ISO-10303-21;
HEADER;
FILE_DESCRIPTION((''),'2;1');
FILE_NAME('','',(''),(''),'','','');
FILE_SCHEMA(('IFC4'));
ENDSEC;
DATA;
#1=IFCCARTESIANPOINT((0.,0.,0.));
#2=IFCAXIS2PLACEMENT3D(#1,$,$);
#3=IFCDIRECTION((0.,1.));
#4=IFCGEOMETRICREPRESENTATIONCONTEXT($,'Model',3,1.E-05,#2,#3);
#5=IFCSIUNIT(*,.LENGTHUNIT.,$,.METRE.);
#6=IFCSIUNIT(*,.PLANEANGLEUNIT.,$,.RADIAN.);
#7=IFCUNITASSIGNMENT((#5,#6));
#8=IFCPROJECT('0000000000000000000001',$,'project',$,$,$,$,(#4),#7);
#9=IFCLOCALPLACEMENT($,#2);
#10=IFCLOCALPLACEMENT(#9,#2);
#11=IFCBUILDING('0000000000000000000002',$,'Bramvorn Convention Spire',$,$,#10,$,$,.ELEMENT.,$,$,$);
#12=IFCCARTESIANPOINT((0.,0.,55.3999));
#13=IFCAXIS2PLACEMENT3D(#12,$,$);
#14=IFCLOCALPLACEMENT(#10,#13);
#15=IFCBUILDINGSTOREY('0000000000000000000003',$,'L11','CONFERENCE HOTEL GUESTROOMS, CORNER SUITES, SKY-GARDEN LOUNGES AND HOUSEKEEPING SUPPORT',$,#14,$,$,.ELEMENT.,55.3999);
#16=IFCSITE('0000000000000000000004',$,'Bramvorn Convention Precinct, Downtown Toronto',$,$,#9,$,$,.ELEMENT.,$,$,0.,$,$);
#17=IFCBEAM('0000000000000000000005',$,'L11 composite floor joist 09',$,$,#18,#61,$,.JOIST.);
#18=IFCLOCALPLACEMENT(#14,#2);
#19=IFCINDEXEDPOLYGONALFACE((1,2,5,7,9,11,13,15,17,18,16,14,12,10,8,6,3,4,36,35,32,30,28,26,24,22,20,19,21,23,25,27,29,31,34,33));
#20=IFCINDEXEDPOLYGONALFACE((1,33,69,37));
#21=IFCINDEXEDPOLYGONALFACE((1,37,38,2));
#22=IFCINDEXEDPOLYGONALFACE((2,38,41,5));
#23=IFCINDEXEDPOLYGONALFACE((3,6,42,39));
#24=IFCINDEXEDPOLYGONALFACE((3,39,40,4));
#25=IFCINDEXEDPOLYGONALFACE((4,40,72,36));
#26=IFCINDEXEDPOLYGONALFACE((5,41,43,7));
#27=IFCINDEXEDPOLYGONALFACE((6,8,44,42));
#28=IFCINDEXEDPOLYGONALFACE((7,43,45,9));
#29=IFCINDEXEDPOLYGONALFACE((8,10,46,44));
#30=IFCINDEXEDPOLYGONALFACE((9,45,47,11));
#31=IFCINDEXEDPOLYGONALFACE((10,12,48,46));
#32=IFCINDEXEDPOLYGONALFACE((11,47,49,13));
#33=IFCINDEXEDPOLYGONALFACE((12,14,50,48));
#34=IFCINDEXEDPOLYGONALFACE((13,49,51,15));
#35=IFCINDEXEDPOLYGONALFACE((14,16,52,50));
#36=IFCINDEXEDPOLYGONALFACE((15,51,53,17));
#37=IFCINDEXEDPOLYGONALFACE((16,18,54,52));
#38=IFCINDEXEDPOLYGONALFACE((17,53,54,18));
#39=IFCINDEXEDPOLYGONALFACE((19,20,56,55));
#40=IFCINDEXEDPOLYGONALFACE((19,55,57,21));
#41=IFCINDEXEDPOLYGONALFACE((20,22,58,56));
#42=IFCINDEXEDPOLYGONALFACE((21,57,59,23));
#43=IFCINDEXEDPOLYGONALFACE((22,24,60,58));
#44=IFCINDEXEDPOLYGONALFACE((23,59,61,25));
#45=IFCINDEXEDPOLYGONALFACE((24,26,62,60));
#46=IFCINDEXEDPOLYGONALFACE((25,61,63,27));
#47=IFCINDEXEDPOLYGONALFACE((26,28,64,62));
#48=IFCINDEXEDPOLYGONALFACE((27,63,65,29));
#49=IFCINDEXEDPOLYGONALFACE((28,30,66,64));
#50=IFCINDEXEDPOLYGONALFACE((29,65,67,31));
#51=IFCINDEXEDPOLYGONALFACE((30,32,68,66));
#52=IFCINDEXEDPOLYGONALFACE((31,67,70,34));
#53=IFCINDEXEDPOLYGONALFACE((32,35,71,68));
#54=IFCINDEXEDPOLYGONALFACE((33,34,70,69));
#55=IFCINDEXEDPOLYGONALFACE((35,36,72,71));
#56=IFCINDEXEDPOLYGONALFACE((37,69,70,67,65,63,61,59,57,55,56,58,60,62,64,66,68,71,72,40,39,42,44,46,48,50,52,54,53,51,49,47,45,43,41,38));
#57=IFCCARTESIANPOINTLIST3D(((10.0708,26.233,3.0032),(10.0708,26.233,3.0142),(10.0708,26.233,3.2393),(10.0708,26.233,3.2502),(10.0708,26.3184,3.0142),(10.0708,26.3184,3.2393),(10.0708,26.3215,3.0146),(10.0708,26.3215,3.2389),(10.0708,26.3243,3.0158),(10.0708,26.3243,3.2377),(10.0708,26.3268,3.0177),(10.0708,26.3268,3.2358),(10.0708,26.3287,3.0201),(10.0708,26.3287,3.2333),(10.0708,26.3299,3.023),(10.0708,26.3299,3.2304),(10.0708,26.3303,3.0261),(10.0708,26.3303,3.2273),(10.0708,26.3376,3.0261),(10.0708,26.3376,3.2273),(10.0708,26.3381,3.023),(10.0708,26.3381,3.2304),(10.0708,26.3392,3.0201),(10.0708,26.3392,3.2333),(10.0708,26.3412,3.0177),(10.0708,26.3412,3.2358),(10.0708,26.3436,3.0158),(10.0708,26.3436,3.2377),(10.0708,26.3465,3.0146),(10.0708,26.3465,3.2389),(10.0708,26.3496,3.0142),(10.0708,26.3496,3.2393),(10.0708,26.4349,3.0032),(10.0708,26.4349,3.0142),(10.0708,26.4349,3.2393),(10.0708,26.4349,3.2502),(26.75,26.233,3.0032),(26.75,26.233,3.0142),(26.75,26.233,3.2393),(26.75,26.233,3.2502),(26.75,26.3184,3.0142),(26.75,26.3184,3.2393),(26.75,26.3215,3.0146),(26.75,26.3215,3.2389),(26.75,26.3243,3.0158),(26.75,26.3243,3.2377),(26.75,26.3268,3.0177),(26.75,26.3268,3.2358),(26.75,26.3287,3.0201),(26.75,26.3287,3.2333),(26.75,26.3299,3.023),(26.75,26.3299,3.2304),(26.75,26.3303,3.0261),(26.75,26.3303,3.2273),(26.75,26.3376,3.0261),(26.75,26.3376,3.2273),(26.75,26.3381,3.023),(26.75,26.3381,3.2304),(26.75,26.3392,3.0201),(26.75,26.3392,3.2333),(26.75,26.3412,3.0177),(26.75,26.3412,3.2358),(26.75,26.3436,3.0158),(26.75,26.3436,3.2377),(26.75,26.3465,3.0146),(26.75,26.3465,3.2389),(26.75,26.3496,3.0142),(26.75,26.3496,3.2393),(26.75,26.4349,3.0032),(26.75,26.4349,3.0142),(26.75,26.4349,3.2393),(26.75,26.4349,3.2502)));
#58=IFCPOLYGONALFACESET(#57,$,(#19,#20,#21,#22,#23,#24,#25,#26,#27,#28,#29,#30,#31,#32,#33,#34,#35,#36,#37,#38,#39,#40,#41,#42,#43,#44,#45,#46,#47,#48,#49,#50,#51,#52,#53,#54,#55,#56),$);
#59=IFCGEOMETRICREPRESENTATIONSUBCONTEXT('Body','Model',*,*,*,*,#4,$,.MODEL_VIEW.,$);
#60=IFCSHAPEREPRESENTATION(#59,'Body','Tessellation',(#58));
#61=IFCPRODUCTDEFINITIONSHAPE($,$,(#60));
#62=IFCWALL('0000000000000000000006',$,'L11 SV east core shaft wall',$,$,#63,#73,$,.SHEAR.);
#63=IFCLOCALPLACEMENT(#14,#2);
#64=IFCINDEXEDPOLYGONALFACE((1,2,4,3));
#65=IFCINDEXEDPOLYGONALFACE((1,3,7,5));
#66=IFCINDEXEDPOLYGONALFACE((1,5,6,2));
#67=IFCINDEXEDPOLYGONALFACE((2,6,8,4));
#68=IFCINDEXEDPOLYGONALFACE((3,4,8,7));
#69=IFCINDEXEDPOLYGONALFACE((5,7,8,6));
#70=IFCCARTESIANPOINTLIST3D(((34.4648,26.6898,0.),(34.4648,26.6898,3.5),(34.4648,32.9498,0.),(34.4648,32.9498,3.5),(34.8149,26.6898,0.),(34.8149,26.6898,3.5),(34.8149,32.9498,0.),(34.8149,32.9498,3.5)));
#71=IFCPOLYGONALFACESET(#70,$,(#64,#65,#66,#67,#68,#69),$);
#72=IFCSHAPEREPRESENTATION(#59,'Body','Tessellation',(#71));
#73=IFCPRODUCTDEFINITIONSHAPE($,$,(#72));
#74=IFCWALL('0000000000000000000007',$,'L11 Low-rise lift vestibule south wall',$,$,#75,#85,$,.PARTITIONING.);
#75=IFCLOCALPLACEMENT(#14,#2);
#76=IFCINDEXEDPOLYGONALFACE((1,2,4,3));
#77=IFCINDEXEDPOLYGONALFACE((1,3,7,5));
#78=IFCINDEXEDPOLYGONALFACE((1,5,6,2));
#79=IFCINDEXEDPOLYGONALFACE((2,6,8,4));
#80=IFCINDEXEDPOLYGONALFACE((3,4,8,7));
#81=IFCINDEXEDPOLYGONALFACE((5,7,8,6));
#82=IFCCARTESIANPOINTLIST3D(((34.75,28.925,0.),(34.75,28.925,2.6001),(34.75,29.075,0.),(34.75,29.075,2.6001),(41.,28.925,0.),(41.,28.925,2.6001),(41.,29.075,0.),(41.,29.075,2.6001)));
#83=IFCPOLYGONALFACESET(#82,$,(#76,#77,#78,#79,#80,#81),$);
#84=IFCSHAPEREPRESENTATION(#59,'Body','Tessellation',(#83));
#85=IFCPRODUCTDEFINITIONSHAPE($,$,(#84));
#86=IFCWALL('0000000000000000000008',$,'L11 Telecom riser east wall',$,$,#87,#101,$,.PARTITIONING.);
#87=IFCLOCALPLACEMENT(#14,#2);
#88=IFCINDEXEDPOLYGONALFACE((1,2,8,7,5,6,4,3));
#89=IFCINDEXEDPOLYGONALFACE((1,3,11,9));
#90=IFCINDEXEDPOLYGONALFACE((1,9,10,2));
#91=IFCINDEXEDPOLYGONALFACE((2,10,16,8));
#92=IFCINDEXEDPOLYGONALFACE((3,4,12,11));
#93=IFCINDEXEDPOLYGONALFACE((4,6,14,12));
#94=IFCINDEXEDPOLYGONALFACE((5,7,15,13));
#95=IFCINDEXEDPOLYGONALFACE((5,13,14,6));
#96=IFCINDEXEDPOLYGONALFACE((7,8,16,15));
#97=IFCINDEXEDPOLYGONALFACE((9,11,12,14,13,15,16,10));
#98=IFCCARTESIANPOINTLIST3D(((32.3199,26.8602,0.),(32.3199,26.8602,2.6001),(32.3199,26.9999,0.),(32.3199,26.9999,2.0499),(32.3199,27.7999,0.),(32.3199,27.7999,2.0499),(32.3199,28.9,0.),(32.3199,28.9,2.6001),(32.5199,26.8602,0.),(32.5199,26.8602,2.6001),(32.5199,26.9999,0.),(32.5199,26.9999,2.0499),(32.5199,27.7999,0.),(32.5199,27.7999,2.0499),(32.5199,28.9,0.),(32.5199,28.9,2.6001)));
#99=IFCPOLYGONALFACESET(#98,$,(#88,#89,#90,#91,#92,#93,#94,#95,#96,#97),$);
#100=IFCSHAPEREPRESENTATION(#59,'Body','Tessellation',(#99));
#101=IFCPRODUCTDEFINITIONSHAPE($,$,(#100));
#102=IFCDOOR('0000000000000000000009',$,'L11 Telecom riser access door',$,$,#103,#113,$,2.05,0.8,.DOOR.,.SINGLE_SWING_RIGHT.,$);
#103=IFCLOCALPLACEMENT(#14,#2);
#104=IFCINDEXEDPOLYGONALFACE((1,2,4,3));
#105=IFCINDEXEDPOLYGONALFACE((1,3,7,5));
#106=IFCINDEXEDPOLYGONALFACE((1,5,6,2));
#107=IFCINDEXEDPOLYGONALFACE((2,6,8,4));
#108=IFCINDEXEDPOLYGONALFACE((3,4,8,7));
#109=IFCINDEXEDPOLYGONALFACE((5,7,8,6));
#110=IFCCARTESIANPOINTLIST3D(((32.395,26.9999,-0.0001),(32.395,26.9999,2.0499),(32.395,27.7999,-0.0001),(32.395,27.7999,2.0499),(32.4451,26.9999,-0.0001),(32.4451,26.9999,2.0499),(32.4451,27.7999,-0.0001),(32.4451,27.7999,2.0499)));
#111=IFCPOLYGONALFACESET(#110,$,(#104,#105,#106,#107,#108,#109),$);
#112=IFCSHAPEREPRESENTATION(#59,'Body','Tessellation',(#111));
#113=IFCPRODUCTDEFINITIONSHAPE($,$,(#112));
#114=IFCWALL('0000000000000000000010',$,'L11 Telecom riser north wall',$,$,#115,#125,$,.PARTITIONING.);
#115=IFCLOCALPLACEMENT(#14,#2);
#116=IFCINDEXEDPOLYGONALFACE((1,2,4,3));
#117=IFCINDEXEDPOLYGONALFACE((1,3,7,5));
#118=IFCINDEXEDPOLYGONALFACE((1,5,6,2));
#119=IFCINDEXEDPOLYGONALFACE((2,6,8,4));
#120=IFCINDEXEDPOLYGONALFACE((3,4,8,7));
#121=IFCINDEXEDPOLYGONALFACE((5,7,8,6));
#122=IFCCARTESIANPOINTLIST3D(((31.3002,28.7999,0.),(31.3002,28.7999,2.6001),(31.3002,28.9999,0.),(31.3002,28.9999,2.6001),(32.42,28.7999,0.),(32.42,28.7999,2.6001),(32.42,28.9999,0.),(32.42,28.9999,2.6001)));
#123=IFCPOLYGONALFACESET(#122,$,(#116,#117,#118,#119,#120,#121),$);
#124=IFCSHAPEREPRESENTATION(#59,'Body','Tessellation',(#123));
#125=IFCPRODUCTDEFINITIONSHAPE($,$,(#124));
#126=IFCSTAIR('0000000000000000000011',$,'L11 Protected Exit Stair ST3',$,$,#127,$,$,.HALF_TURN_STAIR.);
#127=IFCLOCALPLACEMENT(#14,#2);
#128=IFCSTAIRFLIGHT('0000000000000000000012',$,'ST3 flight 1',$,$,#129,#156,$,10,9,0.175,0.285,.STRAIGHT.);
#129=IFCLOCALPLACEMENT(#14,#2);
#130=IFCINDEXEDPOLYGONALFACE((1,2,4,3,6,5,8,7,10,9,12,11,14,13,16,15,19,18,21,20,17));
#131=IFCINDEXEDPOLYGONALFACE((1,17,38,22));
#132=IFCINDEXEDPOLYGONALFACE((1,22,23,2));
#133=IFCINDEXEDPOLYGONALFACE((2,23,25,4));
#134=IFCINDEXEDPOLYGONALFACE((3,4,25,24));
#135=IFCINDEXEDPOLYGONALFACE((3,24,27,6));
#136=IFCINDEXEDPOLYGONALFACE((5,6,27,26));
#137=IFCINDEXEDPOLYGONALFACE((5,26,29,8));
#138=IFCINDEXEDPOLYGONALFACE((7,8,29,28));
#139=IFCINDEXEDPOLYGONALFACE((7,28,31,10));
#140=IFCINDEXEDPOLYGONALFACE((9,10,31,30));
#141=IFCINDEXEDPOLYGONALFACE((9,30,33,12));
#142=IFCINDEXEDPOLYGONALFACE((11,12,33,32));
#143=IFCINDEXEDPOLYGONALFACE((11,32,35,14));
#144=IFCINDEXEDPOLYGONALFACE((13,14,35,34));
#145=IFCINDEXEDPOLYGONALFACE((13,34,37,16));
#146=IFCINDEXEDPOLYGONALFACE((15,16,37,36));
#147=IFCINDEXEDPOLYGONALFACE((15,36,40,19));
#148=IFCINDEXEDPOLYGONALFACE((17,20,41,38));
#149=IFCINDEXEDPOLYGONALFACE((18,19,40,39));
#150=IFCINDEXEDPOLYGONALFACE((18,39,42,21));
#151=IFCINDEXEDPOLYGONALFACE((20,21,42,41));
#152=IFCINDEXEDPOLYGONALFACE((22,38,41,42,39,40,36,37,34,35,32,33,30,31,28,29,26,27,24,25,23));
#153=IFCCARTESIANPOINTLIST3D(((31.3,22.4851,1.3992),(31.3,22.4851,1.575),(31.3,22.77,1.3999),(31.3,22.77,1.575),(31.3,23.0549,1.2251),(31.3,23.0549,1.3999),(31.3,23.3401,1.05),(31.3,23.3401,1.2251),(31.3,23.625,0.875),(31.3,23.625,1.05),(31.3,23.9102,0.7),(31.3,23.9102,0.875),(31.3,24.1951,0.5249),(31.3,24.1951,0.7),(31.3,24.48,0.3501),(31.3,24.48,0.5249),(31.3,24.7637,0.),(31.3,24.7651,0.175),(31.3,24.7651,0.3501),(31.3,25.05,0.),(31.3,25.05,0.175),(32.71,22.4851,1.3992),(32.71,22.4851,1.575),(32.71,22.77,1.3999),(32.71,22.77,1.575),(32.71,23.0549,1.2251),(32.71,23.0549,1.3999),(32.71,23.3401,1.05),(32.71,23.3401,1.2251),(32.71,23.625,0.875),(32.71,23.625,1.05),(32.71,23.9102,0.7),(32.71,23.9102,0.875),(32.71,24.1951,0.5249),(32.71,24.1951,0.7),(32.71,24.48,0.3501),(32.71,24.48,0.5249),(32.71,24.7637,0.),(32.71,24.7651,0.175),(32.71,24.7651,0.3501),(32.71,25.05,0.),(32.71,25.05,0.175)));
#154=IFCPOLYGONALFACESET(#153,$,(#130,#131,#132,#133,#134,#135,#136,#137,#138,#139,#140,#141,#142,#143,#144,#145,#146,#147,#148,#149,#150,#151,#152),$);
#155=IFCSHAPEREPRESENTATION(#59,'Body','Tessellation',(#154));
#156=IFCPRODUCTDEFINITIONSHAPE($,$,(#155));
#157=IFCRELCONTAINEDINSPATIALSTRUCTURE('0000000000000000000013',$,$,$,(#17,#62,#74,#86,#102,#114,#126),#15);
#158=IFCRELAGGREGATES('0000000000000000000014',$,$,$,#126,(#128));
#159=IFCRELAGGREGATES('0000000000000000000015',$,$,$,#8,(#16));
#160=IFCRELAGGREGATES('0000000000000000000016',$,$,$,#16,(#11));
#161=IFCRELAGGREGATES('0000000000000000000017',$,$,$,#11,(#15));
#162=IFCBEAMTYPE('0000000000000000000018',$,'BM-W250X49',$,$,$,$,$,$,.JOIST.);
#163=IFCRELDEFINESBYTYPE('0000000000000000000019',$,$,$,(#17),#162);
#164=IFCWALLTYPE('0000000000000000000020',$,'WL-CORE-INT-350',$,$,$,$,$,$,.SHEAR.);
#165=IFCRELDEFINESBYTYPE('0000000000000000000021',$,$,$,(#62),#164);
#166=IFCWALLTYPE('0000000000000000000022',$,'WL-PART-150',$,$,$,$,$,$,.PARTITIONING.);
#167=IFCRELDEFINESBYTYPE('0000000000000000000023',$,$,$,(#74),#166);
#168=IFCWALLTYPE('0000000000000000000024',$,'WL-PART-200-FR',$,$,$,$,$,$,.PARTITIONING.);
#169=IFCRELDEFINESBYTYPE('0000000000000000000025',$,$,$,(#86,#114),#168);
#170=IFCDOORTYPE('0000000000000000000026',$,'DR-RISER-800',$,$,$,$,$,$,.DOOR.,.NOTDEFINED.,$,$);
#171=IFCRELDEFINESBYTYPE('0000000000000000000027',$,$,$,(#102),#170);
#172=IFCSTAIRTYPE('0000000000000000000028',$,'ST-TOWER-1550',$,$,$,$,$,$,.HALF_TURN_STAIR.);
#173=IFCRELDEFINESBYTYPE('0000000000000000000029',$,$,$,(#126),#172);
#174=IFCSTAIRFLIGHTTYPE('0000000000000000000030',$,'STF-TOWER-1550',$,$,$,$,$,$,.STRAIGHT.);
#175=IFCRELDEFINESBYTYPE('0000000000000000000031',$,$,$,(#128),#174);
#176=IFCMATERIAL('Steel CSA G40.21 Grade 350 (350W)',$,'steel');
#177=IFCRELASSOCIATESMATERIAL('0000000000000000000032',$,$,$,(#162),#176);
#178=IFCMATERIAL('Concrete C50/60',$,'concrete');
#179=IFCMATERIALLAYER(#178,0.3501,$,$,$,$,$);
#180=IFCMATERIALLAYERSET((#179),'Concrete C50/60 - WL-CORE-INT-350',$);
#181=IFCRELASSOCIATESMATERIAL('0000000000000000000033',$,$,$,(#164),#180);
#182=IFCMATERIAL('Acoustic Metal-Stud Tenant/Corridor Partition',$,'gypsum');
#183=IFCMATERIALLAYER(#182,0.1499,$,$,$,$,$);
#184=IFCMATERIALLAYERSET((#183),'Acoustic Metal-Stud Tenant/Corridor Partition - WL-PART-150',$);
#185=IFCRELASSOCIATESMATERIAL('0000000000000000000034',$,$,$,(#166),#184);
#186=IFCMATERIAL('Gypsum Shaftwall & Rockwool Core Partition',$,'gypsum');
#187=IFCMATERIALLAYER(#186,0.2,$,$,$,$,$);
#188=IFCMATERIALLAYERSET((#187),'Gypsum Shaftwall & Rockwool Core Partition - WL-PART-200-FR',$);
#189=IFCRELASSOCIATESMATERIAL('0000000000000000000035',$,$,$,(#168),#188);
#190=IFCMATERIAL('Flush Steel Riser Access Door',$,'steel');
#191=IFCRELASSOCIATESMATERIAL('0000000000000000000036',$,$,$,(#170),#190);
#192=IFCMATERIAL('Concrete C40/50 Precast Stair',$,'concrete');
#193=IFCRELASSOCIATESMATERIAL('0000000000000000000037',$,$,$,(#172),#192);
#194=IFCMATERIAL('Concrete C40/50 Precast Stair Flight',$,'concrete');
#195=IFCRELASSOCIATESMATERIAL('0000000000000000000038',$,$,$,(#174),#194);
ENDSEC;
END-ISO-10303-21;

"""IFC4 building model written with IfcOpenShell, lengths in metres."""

from ifc_helpers import new_model, si_unit, direction, frame, frame_2d, origin, origin_2d, place, context, subcontext, project, spatial, polyline, rectangle, i_section, outline, extrude, material, layer, layer_set, material_profile, profile_set, type_object, element, fill, aggregate, save


model = new_model("IFC4")

# Units and contexts
model_context = context("Model", 3, precision=1e-05, world=origin(), true_north=direction((0.0, 1.0)))
body_context = subcontext(model_context, "Body", "Model", "MODEL_VIEW")
ifc_project = project(units=[si_unit("LENGTHUNIT", "METRE"), si_unit("PLANEANGLEUNIT", "RADIAN")], contexts=[model_context])

# Site, building, storey
site_placement = place(None, origin())
site = spatial("IfcSite", under=ifc_project, at=site_placement, Name="Bramvorn Convention Precinct, Downtown Toronto", CompositionType="ELEMENT", RefElevation=0.0)
building_placement = place(site_placement, origin())
building = spatial("IfcBuilding", under=site, at=building_placement, Name="Bramvorn Convention Spire", CompositionType="ELEMENT")
storey_placement = place(building_placement, frame((0.0, 0.0, 55.3999)))
storey = spatial("IfcBuildingStorey", under=building, at=storey_placement, Name="L11", Description="CONFERENCE HOTEL GUESTROOMS, CORNER SUITES, SKY-GARDEN LOUNGES AND HOUSEKEEPING SUPPORT", CompositionType="ELEMENT", Elevation=55.3999)

# Beam
ifc_material_1 = material(Name="Steel CSA G40.21 Grade 350 (350W)", Category="steel")
ifc_material_profile = material_profile(ifc_material_1, i_section(OverallWidth=0.2019, OverallDepth=0.2471, WebThickness=0.0073, FlangeThickness=0.011, FilletRadius=0.012, at=origin_2d()))
ifc_profile_set = profile_set([ifc_material_profile], Name="Steel CSA G40.21 Grade 350 (350W) - W250X49")
beam_type = type_object("IfcBeamType", Name="BM-W250X49", PredefinedType="JOIST", material=ifc_profile_set)
beam_placement = place(storey_placement, frame((26.75, 26.334, 3.1267), z_axis=(-1.0, 0.0, 0.0), x_axis=(0.0, -1.0, 0.0)))
element("IfcBeam", 1, at=beam_placement, inside=storey, type_object=beam_type, Name="L11 composite floor joist 09", PredefinedType="JOIST", context=body_context, shape_type="SweptSolid", body=[
    extrude(i_section(OverallWidth=0.2019, OverallDepth=0.2471, WebThickness=0.0073, FlangeThickness=0.011, FilletRadius=0.012, at=origin_2d()), origin(), (0.0, 0.0, 1.0), 16.6792),
])

# Walls
ifc_material_2 = material(Name="Concrete C50/60", Category="concrete")
ifc_layer_1 = layer(ifc_material_2, 0.3501)
ifc_layer_set_1 = layer_set([ifc_layer_1], Name="Concrete C50/60 - WL-CORE-INT-350")
wall_type_1 = type_object("IfcWallType", Name="WL-CORE-INT-350", PredefinedType="SHEAR", material=ifc_layer_set_1)
wall_1_placement = place(storey_placement, frame((34.6399, 26.6899, 0.0), z_axis=(0.0, 0.0, 1.0), x_axis=(0.0, 1.0, 0.0)))
element("IfcWall", 2, at=wall_1_placement, inside=storey, type_object=wall_type_1, Name="L11 SV east core shaft wall", PredefinedType="SHEAR", context=body_context, shape_type="SweptSolid", body=[
    extrude(rectangle(XDim=6.26, YDim=0.3501, at=frame_2d((3.1299, 0.0))), origin(), (0.0, 0.0, 1.0), 3.5),
])
ifc_material_3 = material(Name="Acoustic Metal-Stud Tenant/Corridor Partition", Category="gypsum")
ifc_layer_2 = layer(ifc_material_3, 0.1499)
ifc_layer_set_2 = layer_set([ifc_layer_2], Name="Acoustic Metal-Stud Tenant/Corridor Partition - WL-PART-150")
wall_type_2 = type_object("IfcWallType", Name="WL-PART-150", PredefinedType="PARTITIONING", material=ifc_layer_set_2)
wall_2_placement = place(storey_placement, frame((34.75, 29.0, 0.0), z_axis=(0.0, 0.0, 1.0), x_axis=(1.0, 0.0, 0.0)))
element("IfcWall", 3, at=wall_2_placement, inside=storey, type_object=wall_type_2, Name="L11 Low-rise lift vestibule south wall", PredefinedType="PARTITIONING", context=body_context, shape_type="SweptSolid", body=[
    extrude(rectangle(XDim=6.25, YDim=0.1499, at=frame_2d((3.125, 0.0))), origin(), (0.0, 0.0, 1.0), 2.6001),
])

# Wall, opening, door
ifc_material_4 = material(Name="Gypsum Shaftwall & Rockwool Core Partition", Category="gypsum")
ifc_layer_3 = layer(ifc_material_4, 0.2)
ifc_layer_set_3 = layer_set([ifc_layer_3], Name="Gypsum Shaftwall & Rockwool Core Partition - WL-PART-200-FR")
wall_type_3 = type_object("IfcWallType", Name="WL-PART-200-FR", PredefinedType="PARTITIONING", material=ifc_layer_set_3)
wall_3_placement = place(storey_placement, frame((32.4199, 26.8601, 0.0), z_axis=(0.0, 0.0, 1.0), x_axis=(0.0, 1.0, 0.0)))
wall_3 = element("IfcWall", 4, at=wall_3_placement, inside=storey, type_object=wall_type_3, Name="L11 Telecom riser east wall", PredefinedType="PARTITIONING", context=body_context, shape_type="SweptSolid", body=[
    extrude(rectangle(XDim=2.0398, YDim=0.2, at=frame_2d((1.02, 0.0))), origin(), (0.0, 0.0, 1.0), 2.6001),
])
opening_1_placement = place(wall_3_placement, frame((0.1399, 0.0, 0.0)))
opening_1 = element("IfcOpeningElement", 5, at=opening_1_placement, cuts=wall_3, PredefinedType="OPENING", context=body_context, shape_type="SweptSolid", body=[
    extrude(rectangle(XDim=0.8, YDim=2.05, at=frame_2d((0.3999, 1.0249))), frame((0.0, 0.1099, 0.0), z_axis=(0.0, -1.0, 0.0), x_axis=(1.0, 0.0, 0.0)), (0.0, 0.0, 1.0), 0.22),
])
ifc_material_5 = material(Name="Flush Steel Riser Access Door", Category="steel")
door_type_1 = type_object("IfcDoorType", Name="DR-RISER-800", OperationType="NOTDEFINED", PredefinedType="DOOR", material=ifc_material_5)
door_1_placement = place(opening_1_placement, origin())
door_1 = element("IfcDoor", 6, at=door_1_placement, inside=storey, type_object=door_type_1, Name="L11 Telecom riser access door", OperationType="SINGLE_SWING_RIGHT", OverallHeight=2.05, OverallWidth=0.8, PredefinedType="DOOR", context=body_context, shape_type="SweptSolid", body=[
    extrude(rectangle(XDim=0.8, YDim=2.05, at=frame_2d((0.3999, 1.0249))), frame((0.0, 0.0249, 0.0), z_axis=(0.0, -1.0, 0.0), x_axis=(1.0, 0.0, 0.0)), (0.0, 0.0, 1.0), 0.05),
])
fill(opening_1, door_1)

# Wall
wall_4_placement = place(storey_placement, frame((31.3, 28.8999, 0.0), z_axis=(0.0, 0.0, 1.0), x_axis=(1.0, 0.0, 0.0)))
element("IfcWall", 7, at=wall_4_placement, inside=storey, type_object=wall_type_3, Name="L11 Telecom riser north wall", PredefinedType="PARTITIONING", context=body_context, shape_type="SweptSolid", body=[
    extrude(rectangle(XDim=1.1199, YDim=0.2, at=frame_2d((0.5601, 0.0))), origin(), (0.0, 0.0, 1.0), 2.6001),
])

# Stair, stair flight
ifc_material_6 = material(Name="Concrete C40/50 Precast Stair", Category="concrete")
stair_type = type_object("IfcStairType", Name="ST-TOWER-1550", PredefinedType="HALF_TURN_STAIR", material=ifc_material_6)
stair_placement = place(storey_placement, origin())
stair = element("IfcStair", 8, at=stair_placement, inside=storey, type_object=stair_type, Name="L11 Protected Exit Stair ST3", PredefinedType="HALF_TURN_STAIR")
ifc_material_7 = material(Name="Concrete C40/50 Precast Stair Flight", Category="concrete")
stair_flight_type = type_object("IfcStairFlightType", Name="STF-TOWER-1550", PredefinedType="STRAIGHT", material=ifc_material_7)
stair_flight_placement = place(storey_placement, frame((32.0049, 25.05, 0.0), z_axis=(0.0, 0.0, 1.0), x_axis=(0.0, -1.0, 0.0)))
stair_flight = element("IfcStairFlight", 9, at=stair_flight_placement, type_object=stair_flight_type, Name="ST3 flight 1", NumberOfRisers=10, NumberOfTreads=9, PredefinedType="STRAIGHT", RiserHeight=0.175, TreadLength=0.285, context=body_context, shape_type="SweptSolid", body=[
    extrude(outline(polyline([(0.0, 0.0), (0.0, 0.175), (0.2849, 0.175), (0.2849, 0.3501), (0.5701, 0.3501), (0.5701, 0.5249), (0.855, 0.5249), (0.855, 0.7), (1.1399, 0.7), (1.1399, 0.875), (1.425, 0.875), (1.425, 1.05), (1.71, 1.05), (1.71, 1.2251), (1.9951, 1.2251), (1.9951, 1.3999), (2.28, 1.3999), (2.28, 1.575), (2.5649, 1.575), (2.5649, 1.75), (2.5649, 1.3992), (0.2864, 0.0), (0.0, 0.0)])), frame((0.0, 0.7051, 0.0), z_axis=(0.0, -1.0, 0.0), x_axis=(1.0, 0.0, 0.0)), (0.0, 0.0, 1.0), 1.4099),
])
aggregate(stair, [stair_flight])

save(model, "model.ifc")
